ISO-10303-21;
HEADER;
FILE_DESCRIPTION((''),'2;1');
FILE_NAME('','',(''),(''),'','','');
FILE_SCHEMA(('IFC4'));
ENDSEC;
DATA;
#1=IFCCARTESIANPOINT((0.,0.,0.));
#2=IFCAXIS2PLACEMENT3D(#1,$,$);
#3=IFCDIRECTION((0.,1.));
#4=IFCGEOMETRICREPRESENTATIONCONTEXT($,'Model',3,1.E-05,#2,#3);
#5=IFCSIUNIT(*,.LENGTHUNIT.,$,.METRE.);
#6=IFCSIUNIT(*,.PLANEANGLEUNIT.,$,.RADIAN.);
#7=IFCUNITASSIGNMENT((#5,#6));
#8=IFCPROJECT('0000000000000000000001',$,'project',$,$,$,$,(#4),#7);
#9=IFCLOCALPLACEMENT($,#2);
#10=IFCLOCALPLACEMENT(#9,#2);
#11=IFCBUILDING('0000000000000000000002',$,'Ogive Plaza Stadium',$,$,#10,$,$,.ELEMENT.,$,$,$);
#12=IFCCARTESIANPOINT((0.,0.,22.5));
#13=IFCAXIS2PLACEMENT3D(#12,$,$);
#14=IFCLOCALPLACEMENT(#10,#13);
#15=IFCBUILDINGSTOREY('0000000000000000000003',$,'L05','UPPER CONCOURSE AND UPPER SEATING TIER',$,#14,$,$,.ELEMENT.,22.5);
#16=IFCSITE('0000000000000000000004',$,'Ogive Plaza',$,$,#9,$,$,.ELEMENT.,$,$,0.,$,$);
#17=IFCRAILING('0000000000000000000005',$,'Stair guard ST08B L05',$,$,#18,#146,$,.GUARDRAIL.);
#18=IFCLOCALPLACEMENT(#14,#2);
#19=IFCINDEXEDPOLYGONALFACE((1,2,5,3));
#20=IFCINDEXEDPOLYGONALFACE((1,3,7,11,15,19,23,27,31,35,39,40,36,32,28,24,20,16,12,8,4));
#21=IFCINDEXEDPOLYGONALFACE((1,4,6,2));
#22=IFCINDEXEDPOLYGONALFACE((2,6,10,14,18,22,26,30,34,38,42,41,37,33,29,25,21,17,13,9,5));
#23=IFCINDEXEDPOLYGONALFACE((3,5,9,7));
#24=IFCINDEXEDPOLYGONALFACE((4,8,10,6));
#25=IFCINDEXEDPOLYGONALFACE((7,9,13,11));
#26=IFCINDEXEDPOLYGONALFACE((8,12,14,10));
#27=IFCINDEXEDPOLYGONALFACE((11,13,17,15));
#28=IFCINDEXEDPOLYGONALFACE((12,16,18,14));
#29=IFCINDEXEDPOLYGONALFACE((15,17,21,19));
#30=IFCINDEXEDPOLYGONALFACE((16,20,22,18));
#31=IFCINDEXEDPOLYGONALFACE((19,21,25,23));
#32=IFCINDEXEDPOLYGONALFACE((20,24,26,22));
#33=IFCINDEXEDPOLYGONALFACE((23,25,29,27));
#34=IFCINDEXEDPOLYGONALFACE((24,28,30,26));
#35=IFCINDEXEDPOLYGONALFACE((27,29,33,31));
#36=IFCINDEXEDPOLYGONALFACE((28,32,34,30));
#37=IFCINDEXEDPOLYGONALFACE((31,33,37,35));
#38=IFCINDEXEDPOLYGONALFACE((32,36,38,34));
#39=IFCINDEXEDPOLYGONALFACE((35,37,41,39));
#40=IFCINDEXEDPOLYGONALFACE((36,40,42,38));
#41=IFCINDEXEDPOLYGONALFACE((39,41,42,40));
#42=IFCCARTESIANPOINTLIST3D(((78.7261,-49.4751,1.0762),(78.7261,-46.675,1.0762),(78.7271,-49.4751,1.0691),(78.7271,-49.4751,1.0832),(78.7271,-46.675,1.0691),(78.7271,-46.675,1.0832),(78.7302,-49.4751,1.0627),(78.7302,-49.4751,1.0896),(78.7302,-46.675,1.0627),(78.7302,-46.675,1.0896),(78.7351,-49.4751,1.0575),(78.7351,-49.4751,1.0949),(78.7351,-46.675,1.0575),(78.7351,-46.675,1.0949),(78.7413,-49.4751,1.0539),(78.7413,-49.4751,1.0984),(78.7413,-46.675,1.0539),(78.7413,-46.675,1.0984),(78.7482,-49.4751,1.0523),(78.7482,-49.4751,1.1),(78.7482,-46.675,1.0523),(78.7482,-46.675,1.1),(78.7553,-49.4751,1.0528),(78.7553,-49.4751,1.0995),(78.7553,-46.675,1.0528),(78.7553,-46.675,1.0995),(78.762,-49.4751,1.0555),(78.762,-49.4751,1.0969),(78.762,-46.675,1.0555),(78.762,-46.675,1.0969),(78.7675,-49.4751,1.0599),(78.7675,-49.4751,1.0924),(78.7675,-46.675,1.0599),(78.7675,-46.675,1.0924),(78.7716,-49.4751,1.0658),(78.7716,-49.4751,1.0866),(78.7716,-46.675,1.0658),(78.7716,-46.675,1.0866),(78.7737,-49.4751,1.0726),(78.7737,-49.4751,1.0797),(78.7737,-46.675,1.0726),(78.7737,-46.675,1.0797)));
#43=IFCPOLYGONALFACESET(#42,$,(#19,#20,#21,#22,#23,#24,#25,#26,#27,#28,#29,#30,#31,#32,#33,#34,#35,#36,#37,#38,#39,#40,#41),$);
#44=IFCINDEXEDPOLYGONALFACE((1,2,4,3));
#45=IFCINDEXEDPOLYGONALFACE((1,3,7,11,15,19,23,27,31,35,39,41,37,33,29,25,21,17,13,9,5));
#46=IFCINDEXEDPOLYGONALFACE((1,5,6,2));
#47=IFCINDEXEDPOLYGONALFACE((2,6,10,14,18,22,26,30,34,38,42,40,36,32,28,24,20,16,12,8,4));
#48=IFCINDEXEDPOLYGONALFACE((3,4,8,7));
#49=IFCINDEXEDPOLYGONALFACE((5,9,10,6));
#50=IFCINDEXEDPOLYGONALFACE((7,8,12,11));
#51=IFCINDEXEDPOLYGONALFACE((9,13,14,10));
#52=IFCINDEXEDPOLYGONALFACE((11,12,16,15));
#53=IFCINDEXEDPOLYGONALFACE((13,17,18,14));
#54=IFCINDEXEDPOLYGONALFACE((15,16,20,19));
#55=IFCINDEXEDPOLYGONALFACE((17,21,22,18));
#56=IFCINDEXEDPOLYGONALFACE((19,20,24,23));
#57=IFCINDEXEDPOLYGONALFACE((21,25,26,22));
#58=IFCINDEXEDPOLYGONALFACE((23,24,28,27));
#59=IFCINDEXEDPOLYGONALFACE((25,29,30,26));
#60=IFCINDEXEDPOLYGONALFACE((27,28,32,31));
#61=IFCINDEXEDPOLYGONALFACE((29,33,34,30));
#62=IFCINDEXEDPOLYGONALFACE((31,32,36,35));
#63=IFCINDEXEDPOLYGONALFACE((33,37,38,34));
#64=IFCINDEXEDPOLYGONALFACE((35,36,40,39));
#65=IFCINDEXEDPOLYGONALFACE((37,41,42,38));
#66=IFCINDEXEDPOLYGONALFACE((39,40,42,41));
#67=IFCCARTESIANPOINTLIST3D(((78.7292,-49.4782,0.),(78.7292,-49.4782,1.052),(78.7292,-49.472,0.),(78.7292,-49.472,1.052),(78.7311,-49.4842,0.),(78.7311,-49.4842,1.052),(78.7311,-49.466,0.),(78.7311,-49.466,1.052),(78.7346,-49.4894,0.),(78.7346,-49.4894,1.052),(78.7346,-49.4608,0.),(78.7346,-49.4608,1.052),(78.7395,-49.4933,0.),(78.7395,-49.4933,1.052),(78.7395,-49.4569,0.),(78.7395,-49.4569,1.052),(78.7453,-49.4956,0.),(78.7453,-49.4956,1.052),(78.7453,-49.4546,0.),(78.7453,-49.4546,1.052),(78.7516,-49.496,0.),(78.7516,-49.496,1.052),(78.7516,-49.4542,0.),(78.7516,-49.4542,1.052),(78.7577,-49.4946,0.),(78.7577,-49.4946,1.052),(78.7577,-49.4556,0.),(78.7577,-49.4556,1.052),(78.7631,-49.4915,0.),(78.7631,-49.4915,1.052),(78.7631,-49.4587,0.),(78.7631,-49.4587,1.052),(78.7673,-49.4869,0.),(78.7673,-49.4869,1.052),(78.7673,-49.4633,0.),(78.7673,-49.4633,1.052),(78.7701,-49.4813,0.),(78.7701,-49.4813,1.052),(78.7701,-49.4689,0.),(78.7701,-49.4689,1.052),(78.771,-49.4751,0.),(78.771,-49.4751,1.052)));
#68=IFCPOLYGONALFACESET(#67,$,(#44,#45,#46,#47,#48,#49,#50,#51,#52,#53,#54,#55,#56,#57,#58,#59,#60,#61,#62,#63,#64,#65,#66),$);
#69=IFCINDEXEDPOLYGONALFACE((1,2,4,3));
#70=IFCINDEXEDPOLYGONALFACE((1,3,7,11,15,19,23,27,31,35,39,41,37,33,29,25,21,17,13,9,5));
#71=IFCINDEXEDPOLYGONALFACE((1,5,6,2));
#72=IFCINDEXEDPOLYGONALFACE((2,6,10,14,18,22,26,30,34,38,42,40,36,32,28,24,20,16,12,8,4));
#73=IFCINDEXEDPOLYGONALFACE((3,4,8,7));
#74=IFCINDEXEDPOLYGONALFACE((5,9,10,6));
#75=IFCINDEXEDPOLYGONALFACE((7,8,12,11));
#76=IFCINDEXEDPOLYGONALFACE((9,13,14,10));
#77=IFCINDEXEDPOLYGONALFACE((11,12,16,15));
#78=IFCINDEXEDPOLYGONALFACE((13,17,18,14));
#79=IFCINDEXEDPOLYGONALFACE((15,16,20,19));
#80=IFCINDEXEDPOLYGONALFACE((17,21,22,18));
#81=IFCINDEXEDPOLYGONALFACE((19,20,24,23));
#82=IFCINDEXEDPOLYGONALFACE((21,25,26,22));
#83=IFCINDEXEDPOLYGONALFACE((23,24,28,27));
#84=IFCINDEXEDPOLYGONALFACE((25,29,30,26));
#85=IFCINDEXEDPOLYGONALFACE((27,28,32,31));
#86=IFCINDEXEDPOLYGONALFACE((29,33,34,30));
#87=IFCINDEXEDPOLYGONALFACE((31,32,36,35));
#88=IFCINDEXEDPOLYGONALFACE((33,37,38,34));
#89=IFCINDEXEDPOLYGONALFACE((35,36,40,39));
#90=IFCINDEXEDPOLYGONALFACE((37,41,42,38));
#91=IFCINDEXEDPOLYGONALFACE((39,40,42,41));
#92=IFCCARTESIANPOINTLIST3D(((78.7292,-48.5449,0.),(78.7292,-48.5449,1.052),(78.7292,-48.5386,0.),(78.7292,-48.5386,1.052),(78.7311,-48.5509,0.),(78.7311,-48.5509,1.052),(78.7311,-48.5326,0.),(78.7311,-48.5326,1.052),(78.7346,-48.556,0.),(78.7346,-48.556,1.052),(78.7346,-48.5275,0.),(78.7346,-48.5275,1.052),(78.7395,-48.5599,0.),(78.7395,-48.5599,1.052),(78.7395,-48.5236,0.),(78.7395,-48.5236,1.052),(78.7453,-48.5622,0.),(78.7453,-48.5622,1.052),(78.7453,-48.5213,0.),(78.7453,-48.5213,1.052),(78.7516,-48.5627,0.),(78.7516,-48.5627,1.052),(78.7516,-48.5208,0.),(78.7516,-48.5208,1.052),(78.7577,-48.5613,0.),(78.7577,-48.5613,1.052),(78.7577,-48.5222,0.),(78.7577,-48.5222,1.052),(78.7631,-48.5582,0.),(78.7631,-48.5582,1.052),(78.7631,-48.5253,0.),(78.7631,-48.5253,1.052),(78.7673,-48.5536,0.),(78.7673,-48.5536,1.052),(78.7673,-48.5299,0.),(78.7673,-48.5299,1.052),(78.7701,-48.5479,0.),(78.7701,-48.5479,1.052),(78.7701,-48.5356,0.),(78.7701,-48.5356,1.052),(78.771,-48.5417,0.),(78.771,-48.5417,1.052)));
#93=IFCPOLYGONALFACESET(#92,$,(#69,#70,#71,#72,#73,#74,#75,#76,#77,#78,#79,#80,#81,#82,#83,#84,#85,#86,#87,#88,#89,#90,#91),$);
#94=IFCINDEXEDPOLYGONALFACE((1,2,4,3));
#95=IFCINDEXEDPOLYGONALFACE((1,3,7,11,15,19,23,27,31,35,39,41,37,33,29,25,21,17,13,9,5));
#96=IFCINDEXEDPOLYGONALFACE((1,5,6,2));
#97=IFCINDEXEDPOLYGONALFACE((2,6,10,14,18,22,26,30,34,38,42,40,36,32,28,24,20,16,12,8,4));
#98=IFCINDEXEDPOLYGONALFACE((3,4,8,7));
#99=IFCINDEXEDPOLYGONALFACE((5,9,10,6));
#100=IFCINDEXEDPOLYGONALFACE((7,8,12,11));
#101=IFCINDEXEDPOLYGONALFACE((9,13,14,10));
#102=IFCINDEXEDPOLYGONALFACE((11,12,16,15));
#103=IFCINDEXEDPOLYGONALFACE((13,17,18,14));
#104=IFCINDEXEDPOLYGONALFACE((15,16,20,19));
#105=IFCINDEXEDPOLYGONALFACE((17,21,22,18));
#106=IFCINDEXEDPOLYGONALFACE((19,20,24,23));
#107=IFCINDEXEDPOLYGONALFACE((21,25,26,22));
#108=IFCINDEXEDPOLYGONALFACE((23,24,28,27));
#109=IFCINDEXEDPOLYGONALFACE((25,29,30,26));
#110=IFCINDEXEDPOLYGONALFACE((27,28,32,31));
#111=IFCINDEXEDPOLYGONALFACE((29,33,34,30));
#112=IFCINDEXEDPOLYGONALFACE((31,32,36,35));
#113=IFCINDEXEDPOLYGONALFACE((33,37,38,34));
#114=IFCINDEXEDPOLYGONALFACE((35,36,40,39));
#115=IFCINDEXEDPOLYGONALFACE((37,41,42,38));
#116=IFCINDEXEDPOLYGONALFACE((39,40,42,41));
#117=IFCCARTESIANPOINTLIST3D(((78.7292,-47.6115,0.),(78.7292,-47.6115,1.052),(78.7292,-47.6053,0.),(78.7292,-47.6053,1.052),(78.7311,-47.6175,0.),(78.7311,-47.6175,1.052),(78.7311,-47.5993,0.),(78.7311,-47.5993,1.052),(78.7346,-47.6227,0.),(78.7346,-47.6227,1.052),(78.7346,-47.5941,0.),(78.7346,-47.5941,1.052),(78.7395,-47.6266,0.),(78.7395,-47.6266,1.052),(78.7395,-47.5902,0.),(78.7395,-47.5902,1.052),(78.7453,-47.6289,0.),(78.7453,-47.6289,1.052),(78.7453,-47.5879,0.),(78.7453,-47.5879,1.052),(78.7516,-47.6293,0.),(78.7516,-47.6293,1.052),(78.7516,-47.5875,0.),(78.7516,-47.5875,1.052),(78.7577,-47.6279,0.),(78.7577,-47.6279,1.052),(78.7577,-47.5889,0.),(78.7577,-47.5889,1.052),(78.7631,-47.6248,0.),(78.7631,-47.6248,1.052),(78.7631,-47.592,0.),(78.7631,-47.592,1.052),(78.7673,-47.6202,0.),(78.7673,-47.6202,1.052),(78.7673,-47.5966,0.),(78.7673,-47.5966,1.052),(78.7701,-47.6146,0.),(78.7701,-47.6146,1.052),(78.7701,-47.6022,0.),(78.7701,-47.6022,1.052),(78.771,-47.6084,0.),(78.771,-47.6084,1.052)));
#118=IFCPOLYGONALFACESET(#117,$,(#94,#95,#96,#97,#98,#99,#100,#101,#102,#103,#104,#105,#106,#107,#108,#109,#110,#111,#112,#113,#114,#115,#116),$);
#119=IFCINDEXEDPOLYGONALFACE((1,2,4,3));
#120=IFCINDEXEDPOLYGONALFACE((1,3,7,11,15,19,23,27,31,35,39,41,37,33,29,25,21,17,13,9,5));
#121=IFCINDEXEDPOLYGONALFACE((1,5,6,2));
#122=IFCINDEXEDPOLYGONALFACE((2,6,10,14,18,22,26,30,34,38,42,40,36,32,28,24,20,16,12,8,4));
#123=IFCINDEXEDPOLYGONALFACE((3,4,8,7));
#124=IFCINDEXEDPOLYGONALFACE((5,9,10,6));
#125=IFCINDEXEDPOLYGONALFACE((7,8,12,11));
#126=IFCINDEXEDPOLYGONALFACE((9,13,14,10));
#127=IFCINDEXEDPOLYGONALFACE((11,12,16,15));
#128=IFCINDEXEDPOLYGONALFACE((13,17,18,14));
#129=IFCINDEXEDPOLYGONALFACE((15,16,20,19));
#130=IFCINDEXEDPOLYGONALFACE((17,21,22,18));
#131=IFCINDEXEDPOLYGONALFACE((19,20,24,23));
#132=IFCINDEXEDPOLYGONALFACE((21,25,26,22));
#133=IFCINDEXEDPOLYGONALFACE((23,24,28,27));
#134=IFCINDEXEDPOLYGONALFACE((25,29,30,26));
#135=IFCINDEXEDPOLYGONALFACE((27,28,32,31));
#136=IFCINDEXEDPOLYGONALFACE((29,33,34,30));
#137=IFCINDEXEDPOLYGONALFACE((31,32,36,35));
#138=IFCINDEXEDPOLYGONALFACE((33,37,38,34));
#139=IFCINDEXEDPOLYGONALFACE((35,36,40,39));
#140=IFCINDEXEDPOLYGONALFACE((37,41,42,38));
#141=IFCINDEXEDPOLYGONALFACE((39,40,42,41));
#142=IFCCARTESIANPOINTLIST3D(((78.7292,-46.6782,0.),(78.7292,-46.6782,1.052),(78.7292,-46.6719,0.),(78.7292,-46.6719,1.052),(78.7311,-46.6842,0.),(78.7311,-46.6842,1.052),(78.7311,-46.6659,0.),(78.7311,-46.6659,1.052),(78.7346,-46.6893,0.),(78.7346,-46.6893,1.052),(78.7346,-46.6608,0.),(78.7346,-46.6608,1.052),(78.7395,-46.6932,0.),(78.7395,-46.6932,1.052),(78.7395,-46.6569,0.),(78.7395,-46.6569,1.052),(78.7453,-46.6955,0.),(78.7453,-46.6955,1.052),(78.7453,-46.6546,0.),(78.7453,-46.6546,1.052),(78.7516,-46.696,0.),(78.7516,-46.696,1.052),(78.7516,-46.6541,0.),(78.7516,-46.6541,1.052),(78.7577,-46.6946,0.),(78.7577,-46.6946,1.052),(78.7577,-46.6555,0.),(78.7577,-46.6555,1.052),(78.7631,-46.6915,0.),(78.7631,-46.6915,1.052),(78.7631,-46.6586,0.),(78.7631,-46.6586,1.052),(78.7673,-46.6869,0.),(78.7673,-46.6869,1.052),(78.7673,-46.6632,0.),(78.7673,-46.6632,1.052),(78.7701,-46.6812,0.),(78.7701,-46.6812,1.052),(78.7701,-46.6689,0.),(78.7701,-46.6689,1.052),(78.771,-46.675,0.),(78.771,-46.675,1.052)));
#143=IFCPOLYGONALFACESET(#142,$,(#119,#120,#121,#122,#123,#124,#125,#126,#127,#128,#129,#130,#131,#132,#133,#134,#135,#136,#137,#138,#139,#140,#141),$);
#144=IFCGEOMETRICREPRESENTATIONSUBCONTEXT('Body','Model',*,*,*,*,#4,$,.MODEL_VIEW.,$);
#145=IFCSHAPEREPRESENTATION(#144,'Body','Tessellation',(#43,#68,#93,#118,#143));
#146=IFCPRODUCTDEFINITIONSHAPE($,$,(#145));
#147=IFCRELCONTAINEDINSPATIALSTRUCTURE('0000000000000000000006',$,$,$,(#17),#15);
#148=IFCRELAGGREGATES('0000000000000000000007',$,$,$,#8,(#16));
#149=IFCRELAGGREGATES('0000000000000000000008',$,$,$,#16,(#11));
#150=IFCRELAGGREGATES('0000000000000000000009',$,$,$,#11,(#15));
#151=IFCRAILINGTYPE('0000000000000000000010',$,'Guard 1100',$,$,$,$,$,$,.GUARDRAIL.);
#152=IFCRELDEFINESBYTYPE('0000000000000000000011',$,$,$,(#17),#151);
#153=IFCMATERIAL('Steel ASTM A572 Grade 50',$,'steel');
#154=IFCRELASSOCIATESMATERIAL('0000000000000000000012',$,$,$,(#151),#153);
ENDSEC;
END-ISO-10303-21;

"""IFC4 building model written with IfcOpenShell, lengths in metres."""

from ifc_helpers import new_model, si_unit, direction, frame, origin, origin_2d, place, context, subcontext, project, spatial, circle, extrude, material, type_object, element, save


model = new_model("IFC4")

# Units and contexts
model_context = context("Model", 3, precision=1e-05, world=origin(), true_north=direction((0.0, 1.0)))
body_context = subcontext(model_context, "Body", "Model", "MODEL_VIEW")
ifc_project = project(units=[si_unit("LENGTHUNIT", "METRE"), si_unit("PLANEANGLEUNIT", "RADIAN")], contexts=[model_context])

# Site, building, storey
site_placement = place(None, origin())
site = spatial("IfcSite", under=ifc_project, at=site_placement, Name="Ogive Plaza", CompositionType="ELEMENT", RefElevation=0.0)
building_placement = place(site_placement, origin())
building = spatial("IfcBuilding", under=site, at=building_placement, Name="Ogive Plaza Stadium", CompositionType="ELEMENT")
storey_placement = place(building_placement, frame((0.0, 0.0, 22.5)))
storey = spatial("IfcBuildingStorey", under=building, at=storey_placement, Name="L05", Description="UPPER CONCOURSE AND UPPER SEATING TIER", CompositionType="ELEMENT", Elevation=22.5)

# Railing
ifc_material_1 = material(Name="Steel ASTM A572 Grade 50", Category="steel")
railing_type_1 = type_object("IfcRailingType", Name="Guard 1100", PredefinedType="GUARDRAIL", material=ifc_material_1)
for number, where, name in (
    (1, (78.75, -49.4751, 0.0), "Stair guard ST08B L05"),
):
    element("IfcRailing", number, at=place(storey_placement, frame(where)), inside=storey, type_object=railing_type_1, Name=name, PredefinedType="GUARDRAIL", context=body_context, shape_type="SweptSolid", body=[
        extrude(circle(Radius=0.0239, at=origin_2d()), frame((0.0, 0.0, 1.0762), z_axis=(0.0, 1.0, 0.0), x_axis=(-1.0, 0.0, 0.0)), (0.0, 0.0, 1.0), 2.8),
        extrude(circle(Radius=0.021, at=origin_2d()), origin(), (0.0, 0.0, 1.0), 1.052),
        extrude(circle(Radius=0.021, at=origin_2d()), frame((0.0, 0.9333, 0.0)), (0.0, 0.0, 1.0), 1.052),
        extrude(circle(Radius=0.021, at=origin_2d()), frame((0.0, 1.8667, 0.0)), (0.0, 0.0, 1.0), 1.052),
        extrude(circle(Radius=0.021, at=origin_2d()), frame((0.0, 2.8, 0.0)), (0.0, 0.0, 1.0), 1.052),
    ])

save(model, "model.ifc")
